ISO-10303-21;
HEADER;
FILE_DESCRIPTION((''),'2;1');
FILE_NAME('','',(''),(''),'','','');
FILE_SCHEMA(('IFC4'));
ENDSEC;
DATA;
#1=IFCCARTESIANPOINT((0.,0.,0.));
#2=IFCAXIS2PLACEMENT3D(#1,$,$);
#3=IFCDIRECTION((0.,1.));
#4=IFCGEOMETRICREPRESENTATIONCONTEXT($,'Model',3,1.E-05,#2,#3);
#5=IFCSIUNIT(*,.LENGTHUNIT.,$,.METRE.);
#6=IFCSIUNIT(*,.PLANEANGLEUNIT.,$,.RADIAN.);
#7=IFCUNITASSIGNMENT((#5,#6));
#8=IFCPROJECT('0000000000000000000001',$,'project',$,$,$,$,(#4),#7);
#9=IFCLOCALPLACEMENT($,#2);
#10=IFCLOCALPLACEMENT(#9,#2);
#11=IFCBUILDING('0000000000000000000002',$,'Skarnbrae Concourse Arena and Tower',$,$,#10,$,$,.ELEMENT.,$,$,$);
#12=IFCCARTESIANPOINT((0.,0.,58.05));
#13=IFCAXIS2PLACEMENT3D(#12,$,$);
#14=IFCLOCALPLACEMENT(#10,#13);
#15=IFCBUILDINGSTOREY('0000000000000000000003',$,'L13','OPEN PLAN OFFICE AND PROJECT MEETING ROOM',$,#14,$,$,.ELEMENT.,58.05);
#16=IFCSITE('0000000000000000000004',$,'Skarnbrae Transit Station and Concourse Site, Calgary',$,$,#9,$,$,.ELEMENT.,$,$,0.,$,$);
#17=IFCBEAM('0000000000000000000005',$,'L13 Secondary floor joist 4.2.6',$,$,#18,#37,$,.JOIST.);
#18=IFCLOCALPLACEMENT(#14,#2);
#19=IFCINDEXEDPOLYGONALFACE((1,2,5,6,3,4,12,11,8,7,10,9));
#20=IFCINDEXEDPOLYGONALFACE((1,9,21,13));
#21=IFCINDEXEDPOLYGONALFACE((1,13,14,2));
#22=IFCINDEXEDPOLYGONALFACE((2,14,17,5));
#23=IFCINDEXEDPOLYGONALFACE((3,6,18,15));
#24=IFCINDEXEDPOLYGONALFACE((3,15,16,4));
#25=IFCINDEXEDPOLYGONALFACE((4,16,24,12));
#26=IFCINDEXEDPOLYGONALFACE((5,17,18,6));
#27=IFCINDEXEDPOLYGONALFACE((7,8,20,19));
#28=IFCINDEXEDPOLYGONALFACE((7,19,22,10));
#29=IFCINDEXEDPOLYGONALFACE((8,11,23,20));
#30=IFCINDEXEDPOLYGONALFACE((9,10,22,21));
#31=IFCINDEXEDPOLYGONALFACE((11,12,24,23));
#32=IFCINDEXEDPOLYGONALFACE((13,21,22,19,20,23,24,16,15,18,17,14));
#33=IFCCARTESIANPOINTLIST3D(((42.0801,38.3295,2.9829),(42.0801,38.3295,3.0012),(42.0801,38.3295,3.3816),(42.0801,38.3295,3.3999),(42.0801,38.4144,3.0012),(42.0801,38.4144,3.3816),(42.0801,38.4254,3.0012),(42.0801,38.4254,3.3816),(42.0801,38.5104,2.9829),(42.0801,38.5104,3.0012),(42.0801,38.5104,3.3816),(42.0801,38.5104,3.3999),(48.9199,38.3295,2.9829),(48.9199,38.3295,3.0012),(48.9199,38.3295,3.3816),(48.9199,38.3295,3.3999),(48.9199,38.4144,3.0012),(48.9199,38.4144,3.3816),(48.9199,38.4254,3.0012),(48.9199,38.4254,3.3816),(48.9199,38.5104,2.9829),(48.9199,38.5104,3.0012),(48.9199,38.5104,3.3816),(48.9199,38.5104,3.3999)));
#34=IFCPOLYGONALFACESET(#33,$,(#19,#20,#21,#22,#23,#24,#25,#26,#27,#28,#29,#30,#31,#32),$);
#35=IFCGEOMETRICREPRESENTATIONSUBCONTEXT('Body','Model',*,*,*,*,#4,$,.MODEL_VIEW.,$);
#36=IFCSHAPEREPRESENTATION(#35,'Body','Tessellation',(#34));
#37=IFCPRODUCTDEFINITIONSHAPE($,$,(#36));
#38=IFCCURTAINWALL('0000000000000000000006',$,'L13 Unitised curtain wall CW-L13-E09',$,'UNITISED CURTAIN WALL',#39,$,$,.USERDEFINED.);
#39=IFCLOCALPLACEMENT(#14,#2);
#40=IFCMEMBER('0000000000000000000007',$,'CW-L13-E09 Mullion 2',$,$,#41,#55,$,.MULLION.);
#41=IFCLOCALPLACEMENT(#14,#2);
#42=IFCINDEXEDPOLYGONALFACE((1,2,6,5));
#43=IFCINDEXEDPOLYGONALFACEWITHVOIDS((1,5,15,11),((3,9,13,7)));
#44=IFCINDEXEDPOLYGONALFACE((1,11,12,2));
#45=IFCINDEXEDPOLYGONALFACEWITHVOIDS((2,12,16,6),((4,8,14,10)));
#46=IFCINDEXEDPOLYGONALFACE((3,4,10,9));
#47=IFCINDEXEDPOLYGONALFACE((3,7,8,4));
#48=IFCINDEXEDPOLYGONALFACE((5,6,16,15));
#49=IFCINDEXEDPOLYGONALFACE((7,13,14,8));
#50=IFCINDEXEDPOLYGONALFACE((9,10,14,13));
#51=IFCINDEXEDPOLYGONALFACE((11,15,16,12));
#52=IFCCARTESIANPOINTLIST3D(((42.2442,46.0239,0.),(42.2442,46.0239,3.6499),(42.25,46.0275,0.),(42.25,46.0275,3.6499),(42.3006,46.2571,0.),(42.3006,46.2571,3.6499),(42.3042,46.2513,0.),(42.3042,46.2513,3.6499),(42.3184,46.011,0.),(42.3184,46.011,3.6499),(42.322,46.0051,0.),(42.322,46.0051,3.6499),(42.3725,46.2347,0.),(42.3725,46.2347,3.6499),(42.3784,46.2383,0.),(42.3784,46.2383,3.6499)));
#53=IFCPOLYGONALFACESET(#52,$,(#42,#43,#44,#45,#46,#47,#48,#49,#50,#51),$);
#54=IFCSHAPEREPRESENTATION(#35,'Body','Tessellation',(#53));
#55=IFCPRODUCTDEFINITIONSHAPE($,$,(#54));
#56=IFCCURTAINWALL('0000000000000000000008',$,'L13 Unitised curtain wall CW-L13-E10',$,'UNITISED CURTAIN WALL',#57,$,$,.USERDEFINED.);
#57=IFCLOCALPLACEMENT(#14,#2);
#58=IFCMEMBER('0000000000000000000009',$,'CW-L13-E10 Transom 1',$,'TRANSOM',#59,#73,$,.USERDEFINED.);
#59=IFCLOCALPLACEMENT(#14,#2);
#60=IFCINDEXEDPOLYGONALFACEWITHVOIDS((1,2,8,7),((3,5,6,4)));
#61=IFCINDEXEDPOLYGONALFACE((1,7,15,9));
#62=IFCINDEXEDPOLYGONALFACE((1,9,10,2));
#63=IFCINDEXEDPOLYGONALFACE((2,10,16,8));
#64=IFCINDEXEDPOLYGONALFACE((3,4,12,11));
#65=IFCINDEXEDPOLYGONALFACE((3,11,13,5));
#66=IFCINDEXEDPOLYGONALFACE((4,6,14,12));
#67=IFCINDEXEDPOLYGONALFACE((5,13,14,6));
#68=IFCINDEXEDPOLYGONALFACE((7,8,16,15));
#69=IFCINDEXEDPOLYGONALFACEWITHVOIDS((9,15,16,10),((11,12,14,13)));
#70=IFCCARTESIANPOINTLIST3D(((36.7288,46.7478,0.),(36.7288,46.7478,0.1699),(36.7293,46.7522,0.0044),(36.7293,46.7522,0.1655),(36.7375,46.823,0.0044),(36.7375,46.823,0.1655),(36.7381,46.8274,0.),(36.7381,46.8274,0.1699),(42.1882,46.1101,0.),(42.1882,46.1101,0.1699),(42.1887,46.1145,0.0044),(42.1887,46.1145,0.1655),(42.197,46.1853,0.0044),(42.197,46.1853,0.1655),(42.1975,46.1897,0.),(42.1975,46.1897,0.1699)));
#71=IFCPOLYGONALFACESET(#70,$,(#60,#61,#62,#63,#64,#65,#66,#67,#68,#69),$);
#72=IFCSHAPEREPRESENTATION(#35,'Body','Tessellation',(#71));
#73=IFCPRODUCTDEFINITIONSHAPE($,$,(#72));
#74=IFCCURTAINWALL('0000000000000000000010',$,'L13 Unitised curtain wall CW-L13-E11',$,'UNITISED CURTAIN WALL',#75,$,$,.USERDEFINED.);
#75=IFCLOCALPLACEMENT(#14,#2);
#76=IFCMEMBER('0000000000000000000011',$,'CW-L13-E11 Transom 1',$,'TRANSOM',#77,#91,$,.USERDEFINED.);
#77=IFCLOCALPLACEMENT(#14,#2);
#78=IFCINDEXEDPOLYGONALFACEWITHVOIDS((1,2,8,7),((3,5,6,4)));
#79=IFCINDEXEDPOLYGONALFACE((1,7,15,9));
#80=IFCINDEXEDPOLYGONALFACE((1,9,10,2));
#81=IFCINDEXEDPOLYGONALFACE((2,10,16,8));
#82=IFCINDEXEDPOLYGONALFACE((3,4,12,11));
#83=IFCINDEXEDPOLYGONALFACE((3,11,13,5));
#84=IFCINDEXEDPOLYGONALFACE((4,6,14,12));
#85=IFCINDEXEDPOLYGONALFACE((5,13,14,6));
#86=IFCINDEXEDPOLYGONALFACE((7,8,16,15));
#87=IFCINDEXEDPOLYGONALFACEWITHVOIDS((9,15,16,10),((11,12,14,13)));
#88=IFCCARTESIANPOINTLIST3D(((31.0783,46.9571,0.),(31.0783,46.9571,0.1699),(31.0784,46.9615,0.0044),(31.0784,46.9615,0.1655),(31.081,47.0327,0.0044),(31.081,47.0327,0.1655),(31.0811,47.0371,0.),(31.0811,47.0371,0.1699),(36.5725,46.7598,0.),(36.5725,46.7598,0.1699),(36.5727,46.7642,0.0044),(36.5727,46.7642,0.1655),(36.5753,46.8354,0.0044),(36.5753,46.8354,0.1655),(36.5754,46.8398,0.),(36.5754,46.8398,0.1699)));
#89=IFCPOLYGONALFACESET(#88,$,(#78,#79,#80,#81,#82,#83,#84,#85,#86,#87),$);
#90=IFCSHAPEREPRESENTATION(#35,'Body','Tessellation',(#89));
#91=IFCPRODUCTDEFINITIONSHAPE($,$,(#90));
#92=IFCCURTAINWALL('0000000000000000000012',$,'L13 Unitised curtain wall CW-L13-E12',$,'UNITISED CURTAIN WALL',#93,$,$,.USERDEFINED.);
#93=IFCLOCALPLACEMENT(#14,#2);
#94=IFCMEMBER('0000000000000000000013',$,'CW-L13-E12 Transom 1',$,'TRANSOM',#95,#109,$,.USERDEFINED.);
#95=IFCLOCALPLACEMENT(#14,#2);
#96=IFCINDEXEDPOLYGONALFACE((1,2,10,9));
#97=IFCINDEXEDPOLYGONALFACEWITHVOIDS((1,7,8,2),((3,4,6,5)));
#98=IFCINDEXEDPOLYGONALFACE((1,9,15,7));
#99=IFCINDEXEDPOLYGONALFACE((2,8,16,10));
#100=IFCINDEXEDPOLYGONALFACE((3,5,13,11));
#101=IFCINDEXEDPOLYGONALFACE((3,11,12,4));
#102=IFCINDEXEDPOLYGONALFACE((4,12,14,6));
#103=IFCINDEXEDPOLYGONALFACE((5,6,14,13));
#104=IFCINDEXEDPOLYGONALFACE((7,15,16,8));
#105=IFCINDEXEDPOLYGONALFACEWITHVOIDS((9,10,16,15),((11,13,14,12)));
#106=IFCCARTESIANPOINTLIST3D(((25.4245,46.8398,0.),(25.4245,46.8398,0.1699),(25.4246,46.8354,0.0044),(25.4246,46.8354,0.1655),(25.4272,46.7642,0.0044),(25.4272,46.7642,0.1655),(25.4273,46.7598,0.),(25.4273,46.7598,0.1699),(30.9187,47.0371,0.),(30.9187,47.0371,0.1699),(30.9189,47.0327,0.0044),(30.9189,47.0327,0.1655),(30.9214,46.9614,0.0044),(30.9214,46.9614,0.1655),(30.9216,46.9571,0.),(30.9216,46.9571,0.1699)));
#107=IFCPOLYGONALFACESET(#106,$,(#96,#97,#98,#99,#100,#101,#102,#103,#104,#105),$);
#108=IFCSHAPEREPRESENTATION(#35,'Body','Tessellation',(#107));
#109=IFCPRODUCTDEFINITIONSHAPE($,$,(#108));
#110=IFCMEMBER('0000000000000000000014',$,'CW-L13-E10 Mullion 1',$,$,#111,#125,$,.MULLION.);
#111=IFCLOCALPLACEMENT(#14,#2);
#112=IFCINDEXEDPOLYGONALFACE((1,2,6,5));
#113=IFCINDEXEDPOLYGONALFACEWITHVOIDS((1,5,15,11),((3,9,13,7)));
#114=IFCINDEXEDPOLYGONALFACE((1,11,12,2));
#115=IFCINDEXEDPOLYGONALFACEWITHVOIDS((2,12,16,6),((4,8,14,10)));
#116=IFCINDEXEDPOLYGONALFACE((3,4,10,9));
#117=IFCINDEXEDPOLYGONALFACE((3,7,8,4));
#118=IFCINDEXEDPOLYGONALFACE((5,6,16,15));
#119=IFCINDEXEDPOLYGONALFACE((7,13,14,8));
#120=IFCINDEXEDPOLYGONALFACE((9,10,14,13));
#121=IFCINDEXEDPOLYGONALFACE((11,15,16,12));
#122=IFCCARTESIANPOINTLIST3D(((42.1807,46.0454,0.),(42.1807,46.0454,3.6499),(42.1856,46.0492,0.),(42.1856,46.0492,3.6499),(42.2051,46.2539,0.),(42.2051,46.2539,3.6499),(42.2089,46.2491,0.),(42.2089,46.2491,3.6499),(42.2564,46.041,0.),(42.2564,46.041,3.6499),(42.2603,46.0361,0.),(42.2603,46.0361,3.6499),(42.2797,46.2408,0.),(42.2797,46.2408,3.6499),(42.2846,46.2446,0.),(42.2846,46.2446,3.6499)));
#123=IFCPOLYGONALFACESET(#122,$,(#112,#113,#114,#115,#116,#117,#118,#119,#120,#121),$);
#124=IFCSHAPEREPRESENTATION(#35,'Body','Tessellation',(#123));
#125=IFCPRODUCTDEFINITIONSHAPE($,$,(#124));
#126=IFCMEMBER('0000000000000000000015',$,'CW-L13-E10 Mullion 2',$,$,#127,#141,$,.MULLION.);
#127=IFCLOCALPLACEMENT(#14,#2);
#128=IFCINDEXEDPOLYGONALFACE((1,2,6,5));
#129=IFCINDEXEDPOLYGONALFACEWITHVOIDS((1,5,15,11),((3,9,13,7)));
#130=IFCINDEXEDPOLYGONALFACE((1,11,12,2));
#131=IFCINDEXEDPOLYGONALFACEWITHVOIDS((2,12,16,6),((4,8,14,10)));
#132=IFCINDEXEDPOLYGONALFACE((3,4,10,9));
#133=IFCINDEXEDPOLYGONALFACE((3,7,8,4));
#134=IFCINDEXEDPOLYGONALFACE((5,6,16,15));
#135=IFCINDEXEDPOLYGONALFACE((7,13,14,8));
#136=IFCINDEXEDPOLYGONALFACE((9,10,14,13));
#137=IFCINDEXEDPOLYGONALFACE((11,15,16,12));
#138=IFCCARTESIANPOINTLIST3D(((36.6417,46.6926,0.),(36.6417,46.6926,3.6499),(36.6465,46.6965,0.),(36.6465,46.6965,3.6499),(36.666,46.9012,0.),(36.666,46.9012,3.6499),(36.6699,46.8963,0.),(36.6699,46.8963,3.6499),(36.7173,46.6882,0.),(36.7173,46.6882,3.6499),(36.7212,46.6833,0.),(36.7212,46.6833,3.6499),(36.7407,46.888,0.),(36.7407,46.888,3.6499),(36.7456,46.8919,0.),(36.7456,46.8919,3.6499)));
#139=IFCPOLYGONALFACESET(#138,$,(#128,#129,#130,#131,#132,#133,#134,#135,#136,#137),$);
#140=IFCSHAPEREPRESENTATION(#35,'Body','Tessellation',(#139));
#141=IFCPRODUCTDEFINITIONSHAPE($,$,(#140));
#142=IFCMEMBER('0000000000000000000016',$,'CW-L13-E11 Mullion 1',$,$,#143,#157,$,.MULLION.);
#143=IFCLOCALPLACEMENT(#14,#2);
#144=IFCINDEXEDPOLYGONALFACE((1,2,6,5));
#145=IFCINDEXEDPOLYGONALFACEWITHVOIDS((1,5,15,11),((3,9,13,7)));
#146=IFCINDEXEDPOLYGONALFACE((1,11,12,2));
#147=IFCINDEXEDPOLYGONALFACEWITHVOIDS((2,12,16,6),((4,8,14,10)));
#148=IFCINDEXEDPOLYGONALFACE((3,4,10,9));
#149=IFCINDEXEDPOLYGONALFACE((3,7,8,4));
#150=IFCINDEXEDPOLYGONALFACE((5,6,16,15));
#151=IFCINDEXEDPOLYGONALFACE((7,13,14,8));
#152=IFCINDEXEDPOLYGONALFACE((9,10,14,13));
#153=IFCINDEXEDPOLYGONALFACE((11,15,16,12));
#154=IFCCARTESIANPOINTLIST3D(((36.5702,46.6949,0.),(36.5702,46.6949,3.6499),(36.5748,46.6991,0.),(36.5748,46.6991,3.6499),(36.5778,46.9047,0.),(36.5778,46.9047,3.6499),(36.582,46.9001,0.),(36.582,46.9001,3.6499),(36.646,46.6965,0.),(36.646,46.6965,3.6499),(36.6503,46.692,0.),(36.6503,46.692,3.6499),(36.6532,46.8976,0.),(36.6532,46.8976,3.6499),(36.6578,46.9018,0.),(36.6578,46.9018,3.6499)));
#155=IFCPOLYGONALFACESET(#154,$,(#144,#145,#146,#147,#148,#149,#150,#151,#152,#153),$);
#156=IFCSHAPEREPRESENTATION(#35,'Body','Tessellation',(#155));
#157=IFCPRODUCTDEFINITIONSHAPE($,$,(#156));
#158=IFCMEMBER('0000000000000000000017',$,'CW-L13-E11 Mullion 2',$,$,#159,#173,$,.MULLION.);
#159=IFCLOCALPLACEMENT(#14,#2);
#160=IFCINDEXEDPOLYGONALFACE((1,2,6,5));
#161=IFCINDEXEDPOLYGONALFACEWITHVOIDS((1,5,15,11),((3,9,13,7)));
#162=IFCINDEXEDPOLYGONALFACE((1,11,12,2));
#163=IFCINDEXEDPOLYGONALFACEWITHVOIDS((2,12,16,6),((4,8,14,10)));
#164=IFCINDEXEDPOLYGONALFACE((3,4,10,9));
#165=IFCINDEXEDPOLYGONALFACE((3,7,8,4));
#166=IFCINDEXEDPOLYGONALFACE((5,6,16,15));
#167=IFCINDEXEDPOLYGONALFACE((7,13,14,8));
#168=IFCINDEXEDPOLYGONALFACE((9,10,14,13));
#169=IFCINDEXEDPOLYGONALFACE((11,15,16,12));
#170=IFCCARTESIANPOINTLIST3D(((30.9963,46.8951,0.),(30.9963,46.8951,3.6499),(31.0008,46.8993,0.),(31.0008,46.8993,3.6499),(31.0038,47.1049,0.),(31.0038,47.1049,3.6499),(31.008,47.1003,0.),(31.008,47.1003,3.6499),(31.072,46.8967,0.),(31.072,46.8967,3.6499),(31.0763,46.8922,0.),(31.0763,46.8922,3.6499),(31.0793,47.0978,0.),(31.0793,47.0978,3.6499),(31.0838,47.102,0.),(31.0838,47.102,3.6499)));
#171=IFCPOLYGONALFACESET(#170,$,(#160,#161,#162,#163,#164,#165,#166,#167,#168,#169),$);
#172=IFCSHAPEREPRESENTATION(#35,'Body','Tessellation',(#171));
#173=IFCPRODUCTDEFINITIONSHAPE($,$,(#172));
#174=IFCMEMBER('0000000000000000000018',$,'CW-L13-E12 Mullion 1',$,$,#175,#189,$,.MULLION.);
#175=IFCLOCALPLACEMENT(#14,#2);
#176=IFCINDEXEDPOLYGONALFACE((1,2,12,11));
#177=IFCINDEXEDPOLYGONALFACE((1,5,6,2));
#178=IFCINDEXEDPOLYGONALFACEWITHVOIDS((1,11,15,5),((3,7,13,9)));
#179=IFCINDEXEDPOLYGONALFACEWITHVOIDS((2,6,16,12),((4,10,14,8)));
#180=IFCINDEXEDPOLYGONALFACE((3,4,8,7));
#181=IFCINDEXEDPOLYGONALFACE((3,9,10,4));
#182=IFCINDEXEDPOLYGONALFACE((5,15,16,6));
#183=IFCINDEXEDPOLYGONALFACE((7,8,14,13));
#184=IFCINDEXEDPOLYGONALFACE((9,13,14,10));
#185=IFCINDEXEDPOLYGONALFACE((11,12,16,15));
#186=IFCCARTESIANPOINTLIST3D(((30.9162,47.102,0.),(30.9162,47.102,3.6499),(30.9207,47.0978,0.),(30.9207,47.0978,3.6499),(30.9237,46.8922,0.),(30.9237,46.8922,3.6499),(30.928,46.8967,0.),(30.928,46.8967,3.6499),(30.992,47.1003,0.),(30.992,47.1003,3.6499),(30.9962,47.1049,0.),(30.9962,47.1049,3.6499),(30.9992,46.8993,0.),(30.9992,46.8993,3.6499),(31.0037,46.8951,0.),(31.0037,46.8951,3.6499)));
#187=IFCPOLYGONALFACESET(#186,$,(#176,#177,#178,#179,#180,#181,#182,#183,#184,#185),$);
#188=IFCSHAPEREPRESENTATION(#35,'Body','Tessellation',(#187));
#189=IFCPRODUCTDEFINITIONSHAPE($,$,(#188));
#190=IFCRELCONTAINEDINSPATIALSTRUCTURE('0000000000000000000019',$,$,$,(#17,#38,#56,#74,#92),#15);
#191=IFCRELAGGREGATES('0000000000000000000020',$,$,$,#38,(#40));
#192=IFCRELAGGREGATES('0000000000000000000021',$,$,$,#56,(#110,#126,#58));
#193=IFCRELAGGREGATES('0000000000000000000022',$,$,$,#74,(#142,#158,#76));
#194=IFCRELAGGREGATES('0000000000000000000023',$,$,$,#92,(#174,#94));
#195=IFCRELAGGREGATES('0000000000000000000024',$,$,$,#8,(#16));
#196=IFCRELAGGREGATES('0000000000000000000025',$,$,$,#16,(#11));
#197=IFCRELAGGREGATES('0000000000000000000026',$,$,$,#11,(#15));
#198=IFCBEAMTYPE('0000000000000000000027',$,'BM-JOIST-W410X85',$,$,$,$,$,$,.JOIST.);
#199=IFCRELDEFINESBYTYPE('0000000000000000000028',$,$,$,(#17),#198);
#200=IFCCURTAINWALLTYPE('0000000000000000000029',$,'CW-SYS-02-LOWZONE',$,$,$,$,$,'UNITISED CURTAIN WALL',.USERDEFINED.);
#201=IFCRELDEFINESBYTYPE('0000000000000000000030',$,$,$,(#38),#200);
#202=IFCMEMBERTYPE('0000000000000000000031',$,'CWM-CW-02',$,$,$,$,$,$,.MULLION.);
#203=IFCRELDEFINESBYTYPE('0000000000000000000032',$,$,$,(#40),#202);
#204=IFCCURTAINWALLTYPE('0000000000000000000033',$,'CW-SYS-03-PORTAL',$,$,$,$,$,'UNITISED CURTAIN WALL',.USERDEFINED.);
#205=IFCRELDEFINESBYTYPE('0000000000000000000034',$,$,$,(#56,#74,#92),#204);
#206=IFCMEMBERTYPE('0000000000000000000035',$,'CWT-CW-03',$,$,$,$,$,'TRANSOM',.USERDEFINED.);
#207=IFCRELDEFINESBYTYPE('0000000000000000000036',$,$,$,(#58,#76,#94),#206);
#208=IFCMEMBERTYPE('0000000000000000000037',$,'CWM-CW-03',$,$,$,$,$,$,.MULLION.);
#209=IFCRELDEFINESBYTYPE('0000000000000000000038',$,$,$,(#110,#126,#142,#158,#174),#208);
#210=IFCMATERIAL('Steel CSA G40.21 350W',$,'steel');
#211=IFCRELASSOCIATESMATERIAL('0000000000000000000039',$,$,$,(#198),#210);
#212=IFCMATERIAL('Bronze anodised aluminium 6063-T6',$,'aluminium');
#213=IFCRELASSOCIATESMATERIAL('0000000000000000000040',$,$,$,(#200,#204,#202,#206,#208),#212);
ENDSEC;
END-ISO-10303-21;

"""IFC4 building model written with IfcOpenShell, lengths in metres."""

from ifc_helpers import new_model, si_unit, direction, frame, origin, origin_2d, place, context, subcontext, project, spatial, hollow_rectangle, i_section, extrude, source, transform, mapped, material, material_profile, profile_set, type_object, element, aggregate, save


model = new_model("IFC4")

# Units and contexts
model_context = context("Model", 3, precision=1e-05, world=origin(), true_north=direction((0.0, 1.0)))
body_context = subcontext(model_context, "Body", "Model", "MODEL_VIEW")
ifc_project = project(units=[si_unit("LENGTHUNIT", "METRE"), si_unit("PLANEANGLEUNIT", "RADIAN")], contexts=[model_context])

# Site, building, storey
site_placement = place(None, origin())
site = spatial("IfcSite", under=ifc_project, at=site_placement, Name="Skarnbrae Transit Station and Concourse Site, Calgary", CompositionType="ELEMENT", RefElevation=0.0)
building_placement = place(site_placement, origin())
building = spatial("IfcBuilding", under=site, at=building_placement, Name="Skarnbrae Concourse Arena and Tower", CompositionType="ELEMENT")
storey_placement = place(building_placement, frame((0.0, 0.0, 58.05)))
storey = spatial("IfcBuildingStorey", under=building, at=storey_placement, Name="L13", Description="OPEN PLAN OFFICE AND PROJECT MEETING ROOM", CompositionType="ELEMENT", Elevation=58.05)

# Shared definitions
ifc_material_1 = material(Name="Steel CSA G40.21 350W", Category="steel")

# Beam
ifc_material_profile_1 = material_profile(ifc_material_1, i_section(OverallWidth=0.1809, OverallDepth=0.417, WebThickness=0.011, FlangeThickness=0.0183, at=origin_2d()), Name="W410X85")
ifc_profile_set_1 = profile_set([ifc_material_profile_1], Name="Steel CSA G40.21 350W")
beam_type_1 = type_object("IfcBeamType", Name="BM-JOIST-W410X85", PredefinedType="JOIST", material=ifc_profile_set_1)
shared_shape_1 = source(origin(), body_context, "Body", "SweptSolid", [
    extrude(i_section(OverallWidth=0.1809, OverallDepth=0.417, WebThickness=0.011, FlangeThickness=0.0183, at=origin_2d()), origin(), (0.0, 0.0, 1.0), 6.8398),
])
for number, where, z_axis, x_axis, name in (
    (1, (42.0801, 38.4199, 3.1914), (1.0, 0.0, 0.0), (0.0, 1.0, 0.0), "L13 Secondary floor joist 4.2.6"),
):
    element("IfcBeam", number, at=place(storey_placement, frame(where, z_axis=z_axis, x_axis=x_axis)), inside=storey, type_object=beam_type_1, Name=name, PredefinedType="JOIST", context=body_context, shape_type="MappedRepresentation", body=[
        mapped(shared_shape_1, transform((0.0, 0.0, 0.0))),
    ])

# Curtain walls, members
ifc_material_2 = material(Name="Bronze anodised aluminium 6063-T6", Category="aluminium")
curtain_wall_type_1 = type_object("IfcCurtainWallType", Name="CW-SYS-02-LOWZONE", ElementType="UNITISED CURTAIN WALL", PredefinedType="USERDEFINED", material=ifc_material_2)
curtain_wall_1_placement = place(storey_placement, origin())
curtain_wall_1 = element("IfcCurtainWall", 2, at=curtain_wall_1_placement, inside=storey, type_object=curtain_wall_type_1, Name="L13 Unitised curtain wall CW-L13-E09", ObjectType="UNITISED CURTAIN WALL", PredefinedType="USERDEFINED")
ifc_material_profile_2 = material_profile(ifc_material_2, hollow_rectangle(XDim=0.0801, YDim=0.24, WallThickness=0.0049, at=origin_2d()), Name="ALU-MULL-80X240")
ifc_profile_set_2 = profile_set([ifc_material_profile_2], Name="Bronze anodised aluminium 6063-T6")
member_type_1 = type_object("IfcMemberType", Name="CWM-CW-02", PredefinedType="MULLION", material=ifc_profile_set_2)
shared_shape_2 = source(origin(), body_context, "Body", "SweptSolid", [
    extrude(hollow_rectangle(XDim=0.0801, YDim=0.24, WallThickness=0.0049, at=origin_2d()), origin(), (0.0, 0.0, 1.0), 3.6499),
])
member_1_placement = place(storey_placement, frame((42.3113, 46.1311, 0.0), z_axis=(0.0, 0.0, 1.0), x_axis=(-0.971974, 0.23509, 0.0)))
member_1 = element("IfcMember", 3, at=member_1_placement, type_object=member_type_1, Name="CW-L13-E09 Mullion 2", PredefinedType="MULLION", context=body_context, shape_type="MappedRepresentation", body=[
    mapped(shared_shape_2, transform((0.0, 0.0, 0.0))),
])
curtain_wall_type_2 = type_object("IfcCurtainWallType", Name="CW-SYS-03-PORTAL", ElementType="UNITISED CURTAIN WALL", PredefinedType="USERDEFINED", material=ifc_material_2)
curtain_wall_2_placement = place(storey_placement, origin())
curtain_wall_2 = element("IfcCurtainWall", 4, at=curtain_wall_2_placement, inside=storey, type_object=curtain_wall_type_2, Name="L13 Unitised curtain wall CW-L13-E10", ObjectType="UNITISED CURTAIN WALL", PredefinedType="USERDEFINED")
ifc_material_profile_3 = material_profile(ifc_material_2, hollow_rectangle(XDim=0.0801, YDim=0.1699, WallThickness=0.0044, at=origin_2d()), Name="ALU-TRAN-80X170")
ifc_profile_set_3 = profile_set([ifc_material_profile_3], Name="Bronze anodised aluminium 6063-T6")
member_type_2 = type_object("IfcMemberType", Name="CWT-CW-03", ElementType="TRANSOM", PredefinedType="USERDEFINED", material=ifc_profile_set_3)
shared_shape_3 = source(origin(), body_context, "Body", "SweptSolid", [
    extrude(hollow_rectangle(XDim=0.0801, YDim=0.1699, WallThickness=0.0044, at=origin_2d()), origin(), (0.0, 0.0, 1.0), 5.4966),
])
member_2_placement = place(storey_placement, frame((42.1929, 46.1499, 0.085), z_axis=(-0.993247, 0.116017, 0.0), x_axis=(-0.116017, -0.993247, 0.0)))
member_2 = element("IfcMember", 5, at=member_2_placement, type_object=member_type_2, Name="CW-L13-E10 Transom 1", ObjectType="TRANSOM", PredefinedType="USERDEFINED", context=body_context, shape_type="MappedRepresentation", body=[
    mapped(shared_shape_3, transform((0.0, 0.0, 0.0))),
])
curtain_wall_3_placement = place(storey_placement, origin())
curtain_wall_3 = element("IfcCurtainWall", 6, at=curtain_wall_3_placement, inside=storey, type_object=curtain_wall_type_2, Name="L13 Unitised curtain wall CW-L13-E11", ObjectType="UNITISED CURTAIN WALL", PredefinedType="USERDEFINED")
shared_shape_4 = source(origin(), body_context, "Body", "SweptSolid", [
    extrude(hollow_rectangle(XDim=0.0801, YDim=0.1699, WallThickness=0.0044, at=origin_2d()), origin(), (0.0, 0.0, 1.0), 5.4978),
])
member_3_placement = place(storey_placement, frame((36.574, 46.7998, 0.085), z_axis=(-0.999356, 0.035882, 0.0), x_axis=(-0.035882, -0.999356, 0.0)))
member_3 = element("IfcMember", 7, at=member_3_placement, type_object=member_type_2, Name="CW-L13-E11 Transom 1", ObjectType="TRANSOM", PredefinedType="USERDEFINED", context=body_context, shape_type="MappedRepresentation", body=[
    mapped(shared_shape_4, transform((0.0, 0.0, 0.0))),
])
curtain_wall_4_placement = place(storey_placement, origin())
curtain_wall_4 = element("IfcCurtainWall", 8, at=curtain_wall_4_placement, inside=storey, type_object=curtain_wall_type_2, Name="L13 Unitised curtain wall CW-L13-E12", ObjectType="UNITISED CURTAIN WALL", PredefinedType="USERDEFINED")
member_4_placement = place(storey_placement, frame((30.9202, 46.9971, 0.085), z_axis=(-0.999356, -0.035882, 0.0), x_axis=(0.035882, -0.999356, 0.0)))
member_4 = element("IfcMember", 9, at=member_4_placement, type_object=member_type_2, Name="CW-L13-E12 Transom 1", ObjectType="TRANSOM", PredefinedType="USERDEFINED", context=body_context, shape_type="MappedRepresentation", body=[
    mapped(shared_shape_4, transform((0.0, 0.0, 0.0))),
])

# Members
ifc_material_profile_4 = material_profile(ifc_material_2, hollow_rectangle(XDim=0.0801, YDim=0.21, WallThickness=0.0044, at=origin_2d()), Name="ALU-MULL-80X210")
ifc_profile_set_4 = profile_set([ifc_material_profile_4], Name="Bronze anodised aluminium 6063-T6")
member_type_3 = type_object("IfcMemberType", Name="CWM-CW-03", PredefinedType="MULLION", material=ifc_profile_set_4)
shared_shape_5 = source(origin(), body_context, "Body", "SweptSolid", [
    extrude(hollow_rectangle(XDim=0.0801, YDim=0.21, WallThickness=0.0044, at=origin_2d()), origin(), (0.0, 0.0, 1.0), 3.6499),
])
member_5_placement = place(storey_placement, frame((42.2327, 46.145, 0.0), z_axis=(0.0, 0.0, 1.0), x_axis=(-0.993245, 0.11604, 0.0)))
member_5 = element("IfcMember", 10, at=member_5_placement, type_object=member_type_3, Name="CW-L13-E10 Mullion 1", PredefinedType="MULLION", context=body_context, shape_type="MappedRepresentation", body=[
    mapped(shared_shape_5, transform((0.0, 0.0, 0.0))),
])
member_6_placement = place(storey_placement, frame((36.6936, 46.7922, 0.0), z_axis=(0.0, 0.0, 1.0), x_axis=(-0.993245, 0.11604, 0.0)))
member_6 = element("IfcMember", 11, at=member_6_placement, type_object=member_type_3, Name="CW-L13-E10 Mullion 2", PredefinedType="MULLION", context=body_context, shape_type="MappedRepresentation", body=[
    mapped(shared_shape_5, transform((0.0, 0.0, 0.0))),
])
member_7_placement = place(storey_placement, frame((36.614, 46.7983, 0.0), z_axis=(0.0, 0.0, 1.0), x_axis=(-0.999355, 0.035899, 0.0)))
member_7 = element("IfcMember", 12, at=member_7_placement, type_object=member_type_3, Name="CW-L13-E11 Mullion 1", PredefinedType="MULLION", context=body_context, shape_type="MappedRepresentation", body=[
    mapped(shared_shape_5, transform((0.0, 0.0, 0.0))),
])
member_8_placement = place(storey_placement, frame((31.04, 46.9985, 0.0), z_axis=(0.0, 0.0, 1.0), x_axis=(-0.999355, 0.035899, 0.0)))
member_8 = element("IfcMember", 13, at=member_8_placement, type_object=member_type_3, Name="CW-L13-E11 Mullion 2", PredefinedType="MULLION", context=body_context, shape_type="MappedRepresentation", body=[
    mapped(shared_shape_5, transform((0.0, 0.0, 0.0))),
])
member_9_placement = place(storey_placement, frame((30.96, 46.9985, 0.0), z_axis=(0.0, 0.0, 1.0), x_axis=(-0.999355, -0.035899, 0.0)))
member_9 = element("IfcMember", 14, at=member_9_placement, type_object=member_type_3, Name="CW-L13-E12 Mullion 1", PredefinedType="MULLION", context=body_context, shape_type="MappedRepresentation", body=[
    mapped(shared_shape_5, transform((0.0, 0.0, 0.0))),
])

aggregate(curtain_wall_1, [member_1])
aggregate(curtain_wall_2, [member_5, member_6, member_2])
aggregate(curtain_wall_3, [member_7, member_8, member_3])
aggregate(curtain_wall_4, [member_9, member_4])

save(model, "model.ifc")
